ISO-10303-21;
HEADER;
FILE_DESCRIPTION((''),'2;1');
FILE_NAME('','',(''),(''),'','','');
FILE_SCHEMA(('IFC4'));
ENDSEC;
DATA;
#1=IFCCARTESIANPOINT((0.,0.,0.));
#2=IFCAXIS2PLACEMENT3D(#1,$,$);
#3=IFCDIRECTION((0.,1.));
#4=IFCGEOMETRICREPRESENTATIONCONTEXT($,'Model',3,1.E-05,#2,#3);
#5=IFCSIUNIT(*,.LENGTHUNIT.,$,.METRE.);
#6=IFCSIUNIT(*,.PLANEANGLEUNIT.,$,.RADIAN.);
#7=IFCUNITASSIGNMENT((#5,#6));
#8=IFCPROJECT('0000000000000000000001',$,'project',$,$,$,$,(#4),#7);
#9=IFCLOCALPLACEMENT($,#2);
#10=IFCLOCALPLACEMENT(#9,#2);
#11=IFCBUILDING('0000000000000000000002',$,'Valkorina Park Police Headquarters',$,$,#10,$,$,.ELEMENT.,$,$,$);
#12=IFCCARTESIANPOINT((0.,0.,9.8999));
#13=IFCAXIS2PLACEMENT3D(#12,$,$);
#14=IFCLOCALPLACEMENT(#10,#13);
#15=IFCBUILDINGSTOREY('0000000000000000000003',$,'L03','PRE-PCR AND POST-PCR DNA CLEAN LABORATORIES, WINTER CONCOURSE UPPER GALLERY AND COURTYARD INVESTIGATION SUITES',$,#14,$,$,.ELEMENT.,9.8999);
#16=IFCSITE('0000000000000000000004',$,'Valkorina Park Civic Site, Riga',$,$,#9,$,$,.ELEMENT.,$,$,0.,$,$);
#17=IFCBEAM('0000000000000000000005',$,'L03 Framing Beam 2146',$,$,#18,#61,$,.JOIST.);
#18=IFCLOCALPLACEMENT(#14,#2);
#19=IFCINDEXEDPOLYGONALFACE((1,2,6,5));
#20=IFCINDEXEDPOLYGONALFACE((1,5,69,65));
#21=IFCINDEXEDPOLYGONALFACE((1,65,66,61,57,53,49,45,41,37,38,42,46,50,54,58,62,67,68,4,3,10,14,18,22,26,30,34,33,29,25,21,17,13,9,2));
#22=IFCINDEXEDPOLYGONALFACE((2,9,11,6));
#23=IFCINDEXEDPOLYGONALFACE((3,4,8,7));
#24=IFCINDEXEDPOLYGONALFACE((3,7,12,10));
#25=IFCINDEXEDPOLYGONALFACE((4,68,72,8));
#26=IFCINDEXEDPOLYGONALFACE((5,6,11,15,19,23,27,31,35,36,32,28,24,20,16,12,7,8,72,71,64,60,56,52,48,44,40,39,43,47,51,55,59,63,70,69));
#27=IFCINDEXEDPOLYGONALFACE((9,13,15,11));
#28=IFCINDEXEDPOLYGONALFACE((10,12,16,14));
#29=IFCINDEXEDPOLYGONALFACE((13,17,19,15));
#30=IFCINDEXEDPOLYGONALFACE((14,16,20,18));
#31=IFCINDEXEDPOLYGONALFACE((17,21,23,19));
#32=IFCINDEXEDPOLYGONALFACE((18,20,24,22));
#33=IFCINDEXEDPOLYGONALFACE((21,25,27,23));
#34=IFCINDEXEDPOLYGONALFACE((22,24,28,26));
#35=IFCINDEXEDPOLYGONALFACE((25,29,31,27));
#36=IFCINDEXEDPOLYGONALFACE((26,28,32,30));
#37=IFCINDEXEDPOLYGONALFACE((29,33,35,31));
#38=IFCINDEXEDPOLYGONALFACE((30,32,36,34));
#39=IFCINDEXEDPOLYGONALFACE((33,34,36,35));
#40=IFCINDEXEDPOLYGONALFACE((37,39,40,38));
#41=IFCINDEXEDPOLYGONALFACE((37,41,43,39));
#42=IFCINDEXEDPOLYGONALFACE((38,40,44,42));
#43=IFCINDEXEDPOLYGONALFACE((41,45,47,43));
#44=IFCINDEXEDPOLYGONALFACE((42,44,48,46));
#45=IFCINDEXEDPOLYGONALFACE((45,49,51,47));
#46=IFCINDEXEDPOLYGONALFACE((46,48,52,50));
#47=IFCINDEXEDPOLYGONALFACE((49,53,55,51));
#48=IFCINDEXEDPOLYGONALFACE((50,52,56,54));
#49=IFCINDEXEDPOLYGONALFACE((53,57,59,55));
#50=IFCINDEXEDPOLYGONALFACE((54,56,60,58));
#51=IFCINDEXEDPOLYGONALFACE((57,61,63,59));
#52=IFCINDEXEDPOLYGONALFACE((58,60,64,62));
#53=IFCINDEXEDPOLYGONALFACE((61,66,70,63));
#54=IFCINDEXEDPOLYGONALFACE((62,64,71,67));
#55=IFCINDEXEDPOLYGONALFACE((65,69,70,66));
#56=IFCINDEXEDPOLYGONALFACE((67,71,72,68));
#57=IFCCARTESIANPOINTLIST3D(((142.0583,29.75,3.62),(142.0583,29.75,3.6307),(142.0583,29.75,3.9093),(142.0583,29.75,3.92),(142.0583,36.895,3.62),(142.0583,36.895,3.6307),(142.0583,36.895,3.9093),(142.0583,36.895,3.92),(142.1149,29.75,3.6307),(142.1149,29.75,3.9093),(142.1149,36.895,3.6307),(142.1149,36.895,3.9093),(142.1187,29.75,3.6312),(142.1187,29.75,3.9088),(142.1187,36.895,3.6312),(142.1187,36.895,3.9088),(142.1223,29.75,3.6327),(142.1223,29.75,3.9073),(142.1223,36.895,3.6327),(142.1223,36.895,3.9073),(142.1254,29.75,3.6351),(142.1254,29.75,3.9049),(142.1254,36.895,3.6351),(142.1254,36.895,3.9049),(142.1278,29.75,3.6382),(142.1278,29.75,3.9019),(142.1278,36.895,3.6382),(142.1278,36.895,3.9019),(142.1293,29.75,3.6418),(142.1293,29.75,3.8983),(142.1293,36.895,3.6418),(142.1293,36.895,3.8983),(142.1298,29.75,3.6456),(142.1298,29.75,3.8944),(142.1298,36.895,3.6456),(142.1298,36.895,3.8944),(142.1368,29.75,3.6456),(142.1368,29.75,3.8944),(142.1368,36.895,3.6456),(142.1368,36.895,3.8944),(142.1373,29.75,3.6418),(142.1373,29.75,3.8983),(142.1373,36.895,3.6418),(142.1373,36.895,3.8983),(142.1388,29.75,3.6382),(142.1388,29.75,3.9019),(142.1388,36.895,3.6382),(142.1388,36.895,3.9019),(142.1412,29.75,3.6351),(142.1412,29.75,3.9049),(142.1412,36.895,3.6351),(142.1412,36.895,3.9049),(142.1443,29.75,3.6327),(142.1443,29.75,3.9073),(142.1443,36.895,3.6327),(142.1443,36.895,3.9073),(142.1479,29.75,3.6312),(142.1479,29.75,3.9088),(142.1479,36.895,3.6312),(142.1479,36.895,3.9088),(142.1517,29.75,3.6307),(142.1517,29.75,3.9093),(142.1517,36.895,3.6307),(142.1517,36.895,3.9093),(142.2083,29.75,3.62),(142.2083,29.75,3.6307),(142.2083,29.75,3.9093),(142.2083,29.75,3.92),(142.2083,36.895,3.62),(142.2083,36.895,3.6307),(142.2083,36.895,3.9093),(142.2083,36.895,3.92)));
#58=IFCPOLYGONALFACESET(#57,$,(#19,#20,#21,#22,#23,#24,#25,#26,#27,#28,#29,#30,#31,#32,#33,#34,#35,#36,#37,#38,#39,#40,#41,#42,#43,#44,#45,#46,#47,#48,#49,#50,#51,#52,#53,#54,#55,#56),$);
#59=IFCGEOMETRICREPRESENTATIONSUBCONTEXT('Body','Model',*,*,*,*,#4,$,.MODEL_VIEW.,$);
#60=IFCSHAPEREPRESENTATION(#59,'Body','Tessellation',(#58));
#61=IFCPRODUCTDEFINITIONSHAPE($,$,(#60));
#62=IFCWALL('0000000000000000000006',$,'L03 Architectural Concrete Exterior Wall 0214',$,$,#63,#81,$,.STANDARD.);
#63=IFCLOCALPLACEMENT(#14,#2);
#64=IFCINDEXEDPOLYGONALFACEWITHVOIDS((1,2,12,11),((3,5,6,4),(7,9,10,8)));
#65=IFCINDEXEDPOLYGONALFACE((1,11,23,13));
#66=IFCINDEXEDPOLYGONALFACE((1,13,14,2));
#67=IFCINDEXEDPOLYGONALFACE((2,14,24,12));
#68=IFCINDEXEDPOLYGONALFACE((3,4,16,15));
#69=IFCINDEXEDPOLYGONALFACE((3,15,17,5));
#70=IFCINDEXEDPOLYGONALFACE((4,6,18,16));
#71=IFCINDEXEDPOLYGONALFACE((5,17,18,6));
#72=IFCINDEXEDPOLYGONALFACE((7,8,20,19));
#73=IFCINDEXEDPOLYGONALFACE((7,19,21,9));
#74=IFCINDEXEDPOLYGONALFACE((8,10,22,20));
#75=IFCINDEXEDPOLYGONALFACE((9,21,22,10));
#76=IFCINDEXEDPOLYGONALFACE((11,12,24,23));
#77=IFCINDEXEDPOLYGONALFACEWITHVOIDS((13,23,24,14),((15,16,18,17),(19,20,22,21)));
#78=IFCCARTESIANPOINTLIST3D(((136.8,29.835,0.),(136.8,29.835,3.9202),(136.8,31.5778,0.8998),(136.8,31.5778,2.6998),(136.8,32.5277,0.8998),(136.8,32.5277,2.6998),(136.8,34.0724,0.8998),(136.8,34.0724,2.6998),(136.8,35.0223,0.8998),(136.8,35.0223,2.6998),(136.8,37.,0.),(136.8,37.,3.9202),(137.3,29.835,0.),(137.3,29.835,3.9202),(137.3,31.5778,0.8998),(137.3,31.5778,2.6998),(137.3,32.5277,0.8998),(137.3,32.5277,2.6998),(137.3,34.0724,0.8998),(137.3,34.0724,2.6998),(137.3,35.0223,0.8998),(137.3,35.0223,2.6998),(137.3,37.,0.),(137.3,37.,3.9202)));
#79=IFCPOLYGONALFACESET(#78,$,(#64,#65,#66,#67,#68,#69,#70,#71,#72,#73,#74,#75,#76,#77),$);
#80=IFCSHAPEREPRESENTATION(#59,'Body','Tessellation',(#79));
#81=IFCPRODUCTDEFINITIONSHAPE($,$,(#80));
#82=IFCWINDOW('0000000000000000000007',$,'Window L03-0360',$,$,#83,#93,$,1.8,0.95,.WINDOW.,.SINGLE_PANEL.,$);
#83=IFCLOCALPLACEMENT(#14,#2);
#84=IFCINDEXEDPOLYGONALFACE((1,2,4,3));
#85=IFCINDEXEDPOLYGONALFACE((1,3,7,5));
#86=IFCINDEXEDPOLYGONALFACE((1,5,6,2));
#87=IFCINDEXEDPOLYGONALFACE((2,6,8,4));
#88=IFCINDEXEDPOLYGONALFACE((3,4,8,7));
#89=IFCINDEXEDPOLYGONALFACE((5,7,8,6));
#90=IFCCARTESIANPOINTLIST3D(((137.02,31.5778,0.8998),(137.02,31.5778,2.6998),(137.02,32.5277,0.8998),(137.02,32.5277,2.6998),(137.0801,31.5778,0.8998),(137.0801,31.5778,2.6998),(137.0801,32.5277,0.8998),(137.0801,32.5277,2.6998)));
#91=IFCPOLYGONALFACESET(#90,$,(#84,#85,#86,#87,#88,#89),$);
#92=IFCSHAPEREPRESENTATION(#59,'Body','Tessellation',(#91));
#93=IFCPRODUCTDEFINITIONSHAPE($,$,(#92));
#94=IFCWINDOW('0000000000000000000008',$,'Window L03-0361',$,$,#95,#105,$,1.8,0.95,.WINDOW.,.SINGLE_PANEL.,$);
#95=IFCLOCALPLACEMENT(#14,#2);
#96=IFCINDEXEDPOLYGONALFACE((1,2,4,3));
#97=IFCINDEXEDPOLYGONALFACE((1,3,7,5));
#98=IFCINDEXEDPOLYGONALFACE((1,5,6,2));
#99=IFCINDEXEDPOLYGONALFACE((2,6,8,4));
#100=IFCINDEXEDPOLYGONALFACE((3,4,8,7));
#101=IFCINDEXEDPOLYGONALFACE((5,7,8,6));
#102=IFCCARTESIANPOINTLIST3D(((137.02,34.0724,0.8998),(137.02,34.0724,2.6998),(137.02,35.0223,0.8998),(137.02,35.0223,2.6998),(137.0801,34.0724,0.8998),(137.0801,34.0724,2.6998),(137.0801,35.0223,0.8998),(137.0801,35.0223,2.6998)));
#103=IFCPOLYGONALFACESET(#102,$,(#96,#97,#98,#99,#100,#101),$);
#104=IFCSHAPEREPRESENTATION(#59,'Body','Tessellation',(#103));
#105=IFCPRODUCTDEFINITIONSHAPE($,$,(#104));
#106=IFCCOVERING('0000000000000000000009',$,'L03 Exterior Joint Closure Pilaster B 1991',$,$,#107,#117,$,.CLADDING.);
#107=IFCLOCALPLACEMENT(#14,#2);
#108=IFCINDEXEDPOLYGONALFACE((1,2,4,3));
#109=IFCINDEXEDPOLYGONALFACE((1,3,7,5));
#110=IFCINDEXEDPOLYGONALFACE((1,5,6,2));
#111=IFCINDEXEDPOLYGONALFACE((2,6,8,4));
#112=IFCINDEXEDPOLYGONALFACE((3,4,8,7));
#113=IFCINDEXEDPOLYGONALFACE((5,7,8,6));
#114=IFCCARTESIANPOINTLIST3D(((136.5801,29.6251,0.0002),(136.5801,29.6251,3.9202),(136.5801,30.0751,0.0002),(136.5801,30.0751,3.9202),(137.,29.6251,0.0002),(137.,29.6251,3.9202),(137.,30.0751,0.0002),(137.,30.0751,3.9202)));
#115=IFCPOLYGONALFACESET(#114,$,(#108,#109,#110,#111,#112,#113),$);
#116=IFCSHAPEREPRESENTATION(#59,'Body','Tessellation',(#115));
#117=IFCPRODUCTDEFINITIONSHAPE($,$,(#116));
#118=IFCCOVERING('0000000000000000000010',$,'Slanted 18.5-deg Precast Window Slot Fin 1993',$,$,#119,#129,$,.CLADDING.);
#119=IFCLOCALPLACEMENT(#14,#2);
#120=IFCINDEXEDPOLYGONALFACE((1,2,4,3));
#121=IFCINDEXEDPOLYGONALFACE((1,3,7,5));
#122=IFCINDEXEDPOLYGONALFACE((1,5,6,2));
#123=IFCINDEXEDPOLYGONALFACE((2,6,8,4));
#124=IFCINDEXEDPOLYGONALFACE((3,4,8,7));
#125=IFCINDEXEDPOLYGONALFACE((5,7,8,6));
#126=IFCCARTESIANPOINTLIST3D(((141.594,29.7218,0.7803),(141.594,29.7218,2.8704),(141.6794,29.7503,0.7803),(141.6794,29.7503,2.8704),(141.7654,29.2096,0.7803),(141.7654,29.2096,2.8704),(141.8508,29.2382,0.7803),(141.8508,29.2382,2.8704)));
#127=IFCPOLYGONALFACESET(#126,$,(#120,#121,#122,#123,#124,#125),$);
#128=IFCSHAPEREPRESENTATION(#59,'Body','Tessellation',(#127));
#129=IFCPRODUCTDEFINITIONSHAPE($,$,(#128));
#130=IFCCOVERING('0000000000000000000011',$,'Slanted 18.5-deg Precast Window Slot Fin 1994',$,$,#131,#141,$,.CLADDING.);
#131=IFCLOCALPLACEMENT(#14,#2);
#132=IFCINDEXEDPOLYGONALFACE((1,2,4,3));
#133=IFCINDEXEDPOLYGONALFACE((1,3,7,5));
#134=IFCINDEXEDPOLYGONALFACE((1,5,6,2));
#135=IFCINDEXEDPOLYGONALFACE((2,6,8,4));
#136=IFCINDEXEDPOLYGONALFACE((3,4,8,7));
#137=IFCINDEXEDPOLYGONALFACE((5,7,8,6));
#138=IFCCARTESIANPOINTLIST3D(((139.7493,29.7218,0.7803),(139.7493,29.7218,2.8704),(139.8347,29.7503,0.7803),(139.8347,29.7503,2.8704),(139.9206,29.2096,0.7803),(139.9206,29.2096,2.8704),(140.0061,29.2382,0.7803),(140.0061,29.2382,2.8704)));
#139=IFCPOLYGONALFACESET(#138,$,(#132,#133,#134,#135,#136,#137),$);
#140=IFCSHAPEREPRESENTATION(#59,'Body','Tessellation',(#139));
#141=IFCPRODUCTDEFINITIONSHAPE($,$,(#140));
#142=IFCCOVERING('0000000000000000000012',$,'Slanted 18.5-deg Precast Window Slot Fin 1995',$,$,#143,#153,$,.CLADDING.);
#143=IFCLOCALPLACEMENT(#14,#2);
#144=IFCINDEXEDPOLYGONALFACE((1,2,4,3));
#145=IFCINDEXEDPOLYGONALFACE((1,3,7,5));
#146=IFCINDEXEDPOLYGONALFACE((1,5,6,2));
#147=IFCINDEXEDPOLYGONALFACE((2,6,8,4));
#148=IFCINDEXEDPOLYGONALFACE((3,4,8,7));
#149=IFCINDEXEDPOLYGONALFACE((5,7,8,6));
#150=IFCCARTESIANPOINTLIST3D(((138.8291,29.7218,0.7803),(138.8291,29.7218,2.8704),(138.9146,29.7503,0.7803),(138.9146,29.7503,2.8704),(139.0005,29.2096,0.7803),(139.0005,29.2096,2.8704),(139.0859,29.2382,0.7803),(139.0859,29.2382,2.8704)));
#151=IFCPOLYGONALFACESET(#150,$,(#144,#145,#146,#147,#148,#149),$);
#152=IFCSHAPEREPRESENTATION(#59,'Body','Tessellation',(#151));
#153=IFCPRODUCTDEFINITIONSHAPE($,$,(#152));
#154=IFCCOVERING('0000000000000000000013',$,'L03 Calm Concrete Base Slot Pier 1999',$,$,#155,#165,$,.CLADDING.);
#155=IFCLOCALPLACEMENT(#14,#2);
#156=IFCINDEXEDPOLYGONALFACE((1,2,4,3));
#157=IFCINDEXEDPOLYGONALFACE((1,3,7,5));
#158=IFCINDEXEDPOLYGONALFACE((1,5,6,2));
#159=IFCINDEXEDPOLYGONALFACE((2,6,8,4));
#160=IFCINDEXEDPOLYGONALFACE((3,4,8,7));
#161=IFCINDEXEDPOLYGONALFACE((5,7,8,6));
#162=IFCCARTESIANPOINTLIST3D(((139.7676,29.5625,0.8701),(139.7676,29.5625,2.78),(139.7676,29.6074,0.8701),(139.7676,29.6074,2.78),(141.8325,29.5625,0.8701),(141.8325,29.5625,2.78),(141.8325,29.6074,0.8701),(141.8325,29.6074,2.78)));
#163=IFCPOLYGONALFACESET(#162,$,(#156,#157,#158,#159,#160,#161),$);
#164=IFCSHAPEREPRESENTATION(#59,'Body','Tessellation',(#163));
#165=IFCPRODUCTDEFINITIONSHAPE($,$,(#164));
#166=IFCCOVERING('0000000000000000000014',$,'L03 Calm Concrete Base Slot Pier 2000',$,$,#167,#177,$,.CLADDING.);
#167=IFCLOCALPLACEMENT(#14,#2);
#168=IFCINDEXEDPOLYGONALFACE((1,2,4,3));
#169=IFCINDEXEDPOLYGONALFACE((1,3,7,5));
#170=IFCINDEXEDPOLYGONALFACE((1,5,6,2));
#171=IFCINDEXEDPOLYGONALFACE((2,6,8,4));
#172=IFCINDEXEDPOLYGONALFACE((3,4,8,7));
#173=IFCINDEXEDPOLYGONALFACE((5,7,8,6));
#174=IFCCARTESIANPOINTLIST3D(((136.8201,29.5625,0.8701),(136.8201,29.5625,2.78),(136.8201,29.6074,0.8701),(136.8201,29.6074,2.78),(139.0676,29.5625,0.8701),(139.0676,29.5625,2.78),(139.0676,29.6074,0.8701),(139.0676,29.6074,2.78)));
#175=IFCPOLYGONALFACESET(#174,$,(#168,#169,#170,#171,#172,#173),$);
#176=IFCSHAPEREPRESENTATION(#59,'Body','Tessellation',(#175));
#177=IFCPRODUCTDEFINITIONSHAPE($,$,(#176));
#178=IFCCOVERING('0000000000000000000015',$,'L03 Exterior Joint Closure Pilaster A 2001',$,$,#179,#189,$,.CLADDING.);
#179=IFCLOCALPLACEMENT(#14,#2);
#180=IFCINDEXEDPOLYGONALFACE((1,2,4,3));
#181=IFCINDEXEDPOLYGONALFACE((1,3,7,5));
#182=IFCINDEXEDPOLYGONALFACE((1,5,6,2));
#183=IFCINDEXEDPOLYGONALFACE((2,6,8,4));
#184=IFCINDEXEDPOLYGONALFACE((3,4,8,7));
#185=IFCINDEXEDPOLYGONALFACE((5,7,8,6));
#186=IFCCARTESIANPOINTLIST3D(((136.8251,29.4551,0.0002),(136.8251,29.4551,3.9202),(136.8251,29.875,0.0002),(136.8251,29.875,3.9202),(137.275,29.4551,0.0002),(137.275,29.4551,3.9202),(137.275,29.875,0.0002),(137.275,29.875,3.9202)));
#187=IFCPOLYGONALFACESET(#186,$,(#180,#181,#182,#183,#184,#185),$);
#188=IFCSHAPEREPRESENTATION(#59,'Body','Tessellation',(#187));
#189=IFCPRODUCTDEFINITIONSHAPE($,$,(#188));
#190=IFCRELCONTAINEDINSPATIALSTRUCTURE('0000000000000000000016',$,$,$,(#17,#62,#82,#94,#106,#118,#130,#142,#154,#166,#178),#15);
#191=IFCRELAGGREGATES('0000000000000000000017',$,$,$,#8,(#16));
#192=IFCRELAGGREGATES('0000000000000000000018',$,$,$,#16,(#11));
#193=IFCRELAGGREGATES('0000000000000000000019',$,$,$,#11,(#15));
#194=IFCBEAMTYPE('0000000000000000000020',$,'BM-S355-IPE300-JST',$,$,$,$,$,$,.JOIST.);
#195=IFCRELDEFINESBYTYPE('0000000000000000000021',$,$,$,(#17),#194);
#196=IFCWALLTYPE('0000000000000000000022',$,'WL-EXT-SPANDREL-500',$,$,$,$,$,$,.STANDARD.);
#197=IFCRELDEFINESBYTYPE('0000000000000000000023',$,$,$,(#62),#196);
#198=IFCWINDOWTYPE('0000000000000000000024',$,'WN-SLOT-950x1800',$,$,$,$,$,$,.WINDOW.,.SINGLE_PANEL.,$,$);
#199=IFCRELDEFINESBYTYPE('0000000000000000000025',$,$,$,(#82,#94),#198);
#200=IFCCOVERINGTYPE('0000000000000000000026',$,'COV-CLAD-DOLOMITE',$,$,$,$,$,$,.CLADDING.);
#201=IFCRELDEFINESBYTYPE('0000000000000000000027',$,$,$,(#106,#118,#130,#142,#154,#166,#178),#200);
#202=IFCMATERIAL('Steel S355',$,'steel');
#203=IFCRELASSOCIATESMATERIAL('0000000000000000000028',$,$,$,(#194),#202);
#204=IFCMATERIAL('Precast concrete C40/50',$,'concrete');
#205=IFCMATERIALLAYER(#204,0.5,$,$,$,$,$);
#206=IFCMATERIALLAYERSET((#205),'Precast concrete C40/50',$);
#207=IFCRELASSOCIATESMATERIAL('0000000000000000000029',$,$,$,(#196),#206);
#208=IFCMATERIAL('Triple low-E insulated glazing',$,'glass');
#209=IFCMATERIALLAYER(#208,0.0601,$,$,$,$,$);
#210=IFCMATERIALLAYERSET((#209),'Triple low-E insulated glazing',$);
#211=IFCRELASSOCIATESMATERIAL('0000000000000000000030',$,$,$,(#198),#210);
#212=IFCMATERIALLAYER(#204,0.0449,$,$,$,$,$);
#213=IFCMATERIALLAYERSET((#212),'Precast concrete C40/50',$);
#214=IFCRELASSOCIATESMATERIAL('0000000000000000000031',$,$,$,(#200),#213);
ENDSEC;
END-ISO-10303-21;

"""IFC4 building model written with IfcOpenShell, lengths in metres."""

from ifc_helpers import new_model, si_unit, direction, frame, frame_2d, origin, origin_2d, place, context, subcontext, project, spatial, rectangle, i_section, extrude, material, layer, layer_set, material_profile, profile_set, type_object, element, fill, save


model = new_model("IFC4")

# Units and contexts
model_context = context("Model", 3, precision=1e-05, world=origin(), true_north=direction((0.0, 1.0)))
body_context = subcontext(model_context, "Body", "Model", "MODEL_VIEW")
ifc_project = project(units=[si_unit("LENGTHUNIT", "METRE"), si_unit("PLANEANGLEUNIT", "RADIAN")], contexts=[model_context])

# Site, building, storey
site_placement = place(None, origin())
site = spatial("IfcSite", under=ifc_project, at=site_placement, Name="Valkorina Park Civic Site, Riga", CompositionType="ELEMENT", RefElevation=0.0)
building_placement = place(site_placement, origin())
building = spatial("IfcBuilding", under=site, at=building_placement, Name="Valkorina Park Police Headquarters", CompositionType="ELEMENT")
storey_placement = place(building_placement, frame((0.0, 0.0, 9.8999)))
storey = spatial("IfcBuildingStorey", under=building, at=storey_placement, Name="L03", Description="PRE-PCR AND POST-PCR DNA CLEAN LABORATORIES, WINTER CONCOURSE UPPER GALLERY AND COURTYARD INVESTIGATION SUITES", CompositionType="ELEMENT", Elevation=9.8999)

# Shared definitions
ifc_material_1 = material(Name="Steel S355", Category="steel")

# Beam
ifc_material_profile_1 = material_profile(ifc_material_1, i_section(OverallWidth=0.1499, OverallDepth=0.3, WebThickness=0.0071, FlangeThickness=0.0107, FilletRadius=0.0149, at=origin_2d()), Name="IPE 300")
ifc_profile_set_1 = profile_set([ifc_material_profile_1], Name="Steel S355")
beam_type_1 = type_object("IfcBeamType", Name="BM-S355-IPE300-JST", PredefinedType="JOIST", material=ifc_profile_set_1)
for number, where, z_axis, x_axis, name in (
    (1, (142.1333, 29.75, 3.77), (0.0, 1.0, 0.0), (-1.0, 0.0, 0.0), "L03 Framing Beam 2146"),
):
    element("IfcBeam", number, at=place(storey_placement, frame(where, z_axis=z_axis, x_axis=x_axis)), inside=storey, type_object=beam_type_1, Name=name, PredefinedType="JOIST", context=body_context, shape_type="SweptSolid", body=[
        extrude(i_section(OverallWidth=0.1499, OverallDepth=0.3, WebThickness=0.0071, FlangeThickness=0.0107, FilletRadius=0.0149, at=origin_2d()), origin(), (0.0, 0.0, 1.0), 7.145),
    ])

# Wall, openings, windows
ifc_material_2 = material(Name="Precast concrete C40/50", Category="concrete")
ifc_layer_1 = layer(ifc_material_2, 0.5)
ifc_layer_set_1 = layer_set([ifc_layer_1], Name="Precast concrete C40/50")
wall_type = type_object("IfcWallType", Name="WL-EXT-SPANDREL-500", PredefinedType="STANDARD", material=ifc_layer_set_1)
wall_placement = place(storey_placement, frame((137.05, 29.835, 0.0), z_axis=(0.0, 0.0, 1.0), x_axis=(0.0, 1.0, 0.0)))
wall = element("IfcWall", 2, at=wall_placement, inside=storey, type_object=wall_type, Name="L03 Architectural Concrete Exterior Wall 0214", PredefinedType="STANDARD", context=body_context, shape_type="SweptSolid", body=[
    extrude(rectangle(XDim=7.165, YDim=0.5, at=frame_2d((3.5825, 0.0))), origin(), (0.0, 0.0, 1.0), 3.9202),
])
opening_1_placement = place(wall_placement, frame((1.7427, 0.0, 0.8999)))
opening_1 = element("IfcOpeningElement", 3, at=opening_1_placement, cuts=wall, PredefinedType="OPENING", context=body_context, shape_type="SweptSolid", body=[
    extrude(rectangle(XDim=0.95, YDim=1.8, at=frame_2d((0.4751, 0.8999))), frame((0.0, 0.26, 0.0), z_axis=(0.0, -1.0, 0.0), x_axis=(1.0, 0.0, 0.0)), (0.0, 0.0, 1.0), 0.52),
])
opening_2_placement = place(wall_placement, frame((4.2373, 0.0, 0.8999)))
opening_2 = element("IfcOpeningElement", 4, at=opening_2_placement, cuts=wall, PredefinedType="OPENING", context=body_context, shape_type="SweptSolid", body=[
    extrude(rectangle(XDim=0.95, YDim=1.8, at=frame_2d((0.4751, 0.8999))), frame((0.0, 0.26, 0.0), z_axis=(0.0, -1.0, 0.0), x_axis=(1.0, 0.0, 0.0)), (0.0, 0.0, 1.0), 0.52),
])
ifc_material_3 = material(Name="Triple low-E insulated glazing", Category="glass")
ifc_layer_2 = layer(ifc_material_3, 0.0601)
ifc_layer_set_2 = layer_set([ifc_layer_2], Name="Triple low-E insulated glazing")
window_type = type_object("IfcWindowType", Name="WN-SLOT-950x1800", PartitioningType="SINGLE_PANEL", PredefinedType="WINDOW", material=ifc_layer_set_2)
window_1_placement = place(opening_1_placement, origin())
window_1 = element("IfcWindow", 5, at=window_1_placement, inside=storey, type_object=window_type, Name="Window L03-0360", OverallHeight=1.8, OverallWidth=0.95, PartitioningType="SINGLE_PANEL", PredefinedType="WINDOW", context=body_context, shape_type="SweptSolid", body=[
    extrude(rectangle(XDim=0.95, YDim=1.8, at=frame_2d((0.4751, 0.8999))), frame((0.0, 0.03, 0.0), z_axis=(0.0, -1.0, 0.0), x_axis=(1.0, 0.0, 0.0)), (0.0, 0.0, 1.0), 0.0601),
])
fill(opening_1, window_1)
window_2_placement = place(opening_2_placement, origin())
window_2 = element("IfcWindow", 6, at=window_2_placement, inside=storey, type_object=window_type, Name="Window L03-0361", OverallHeight=1.8, OverallWidth=0.95, PartitioningType="SINGLE_PANEL", PredefinedType="WINDOW", context=body_context, shape_type="SweptSolid", body=[
    extrude(rectangle(XDim=0.95, YDim=1.8, at=frame_2d((0.4751, 0.8999))), frame((0.0, 0.03, 0.0), z_axis=(0.0, -1.0, 0.0), x_axis=(1.0, 0.0, 0.0)), (0.0, 0.0, 1.0), 0.0601),
])
fill(opening_2, window_2)

# Coverings
ifc_layer_3 = layer(ifc_material_2, 0.0449)
ifc_layer_set_3 = layer_set([ifc_layer_3], Name="Precast concrete C40/50")
covering_type = type_object("IfcCoveringType", Name="COV-CLAD-DOLOMITE", PredefinedType="CLADDING", material=ifc_layer_set_3)
covering_1_placement = place(storey_placement, frame((136.79, 29.8501, 0.0002), z_axis=(0.0, 0.0, 1.0), x_axis=(1.0, 0.0, 0.0)))
element("IfcCovering", 7, at=covering_1_placement, inside=storey, type_object=covering_type, Name="L03 Exterior Joint Closure Pilaster B 1991", PredefinedType="CLADDING", context=body_context, shape_type="SweptSolid", body=[
    extrude(rectangle(XDim=0.4199, YDim=0.45, at=origin_2d()), origin(), (0.0, 0.0, 1.0), 3.9199),
])
for number, where, z_axis, x_axis, name in (
    (8, (141.7224, 29.48, 0.7803), (0.0, 0.0, 1.0), (0.317305, -0.948324, 0.0), "Slanted 18.5-deg Precast Window Slot Fin 1993"),
    (9, (139.8777, 29.48, 0.7803), (0.0, 0.0, 1.0), (0.317305, -0.948324, 0.0), "Slanted 18.5-deg Precast Window Slot Fin 1994"),
    (10, (138.9575, 29.48, 0.7803), (0.0, 0.0, 1.0), (0.317305, -0.948324, 0.0), "Slanted 18.5-deg Precast Window Slot Fin 1995"),
):
    element("IfcCovering", number, at=place(storey_placement, frame(where, z_axis=z_axis, x_axis=x_axis)), inside=storey, type_object=covering_type, Name=name, PredefinedType="CLADDING", context=body_context, shape_type="SweptSolid", body=[
        extrude(rectangle(XDim=0.54, YDim=0.0901, at=origin_2d()), origin(), (0.0, 0.0, 1.0), 2.0901),
    ])
covering_2_placement = place(storey_placement, frame((141.8325, 29.585, 0.8701), z_axis=(0.0, 0.0, 1.0), x_axis=(-1.0, 0.0, 0.0)))
element("IfcCovering", 11, at=covering_2_placement, inside=storey, type_object=covering_type, Name="L03 Calm Concrete Base Slot Pier 1999", PredefinedType="CLADDING", context=body_context, shape_type="SweptSolid", body=[
    extrude(rectangle(XDim=2.0649, YDim=0.0449, at=frame_2d((1.0325, 0.0))), origin(), (0.0, 0.0, 1.0), 1.9099),
])
covering_3_placement = place(storey_placement, frame((139.0676, 29.585, 0.8701), z_axis=(0.0, 0.0, 1.0), x_axis=(-1.0, 0.0, 0.0)))
element("IfcCovering", 12, at=covering_3_placement, inside=storey, type_object=covering_type, Name="L03 Calm Concrete Base Slot Pier 2000", PredefinedType="CLADDING", context=body_context, shape_type="SweptSolid", body=[
    extrude(rectangle(XDim=2.2476, YDim=0.0449, at=frame_2d((1.1238, 0.0))), origin(), (0.0, 0.0, 1.0), 1.9099),
])
for number, where, z_axis, x_axis, name in (
    (13, (137.05, 29.665, 0.0002), (0.0, 0.0, 1.0), (0.0, 1.0, 0.0), "L03 Exterior Joint Closure Pilaster A 2001"),
):
    element("IfcCovering", number, at=place(storey_placement, frame(where, z_axis=z_axis, x_axis=x_axis)), inside=storey, type_object=covering_type, Name=name, PredefinedType="CLADDING", context=body_context, shape_type="SweptSolid", body=[
        extrude(rectangle(XDim=0.4199, YDim=0.45, at=origin_2d()), origin(), (0.0, 0.0, 1.0), 3.9199),
    ])

save(model, "model.ifc")
